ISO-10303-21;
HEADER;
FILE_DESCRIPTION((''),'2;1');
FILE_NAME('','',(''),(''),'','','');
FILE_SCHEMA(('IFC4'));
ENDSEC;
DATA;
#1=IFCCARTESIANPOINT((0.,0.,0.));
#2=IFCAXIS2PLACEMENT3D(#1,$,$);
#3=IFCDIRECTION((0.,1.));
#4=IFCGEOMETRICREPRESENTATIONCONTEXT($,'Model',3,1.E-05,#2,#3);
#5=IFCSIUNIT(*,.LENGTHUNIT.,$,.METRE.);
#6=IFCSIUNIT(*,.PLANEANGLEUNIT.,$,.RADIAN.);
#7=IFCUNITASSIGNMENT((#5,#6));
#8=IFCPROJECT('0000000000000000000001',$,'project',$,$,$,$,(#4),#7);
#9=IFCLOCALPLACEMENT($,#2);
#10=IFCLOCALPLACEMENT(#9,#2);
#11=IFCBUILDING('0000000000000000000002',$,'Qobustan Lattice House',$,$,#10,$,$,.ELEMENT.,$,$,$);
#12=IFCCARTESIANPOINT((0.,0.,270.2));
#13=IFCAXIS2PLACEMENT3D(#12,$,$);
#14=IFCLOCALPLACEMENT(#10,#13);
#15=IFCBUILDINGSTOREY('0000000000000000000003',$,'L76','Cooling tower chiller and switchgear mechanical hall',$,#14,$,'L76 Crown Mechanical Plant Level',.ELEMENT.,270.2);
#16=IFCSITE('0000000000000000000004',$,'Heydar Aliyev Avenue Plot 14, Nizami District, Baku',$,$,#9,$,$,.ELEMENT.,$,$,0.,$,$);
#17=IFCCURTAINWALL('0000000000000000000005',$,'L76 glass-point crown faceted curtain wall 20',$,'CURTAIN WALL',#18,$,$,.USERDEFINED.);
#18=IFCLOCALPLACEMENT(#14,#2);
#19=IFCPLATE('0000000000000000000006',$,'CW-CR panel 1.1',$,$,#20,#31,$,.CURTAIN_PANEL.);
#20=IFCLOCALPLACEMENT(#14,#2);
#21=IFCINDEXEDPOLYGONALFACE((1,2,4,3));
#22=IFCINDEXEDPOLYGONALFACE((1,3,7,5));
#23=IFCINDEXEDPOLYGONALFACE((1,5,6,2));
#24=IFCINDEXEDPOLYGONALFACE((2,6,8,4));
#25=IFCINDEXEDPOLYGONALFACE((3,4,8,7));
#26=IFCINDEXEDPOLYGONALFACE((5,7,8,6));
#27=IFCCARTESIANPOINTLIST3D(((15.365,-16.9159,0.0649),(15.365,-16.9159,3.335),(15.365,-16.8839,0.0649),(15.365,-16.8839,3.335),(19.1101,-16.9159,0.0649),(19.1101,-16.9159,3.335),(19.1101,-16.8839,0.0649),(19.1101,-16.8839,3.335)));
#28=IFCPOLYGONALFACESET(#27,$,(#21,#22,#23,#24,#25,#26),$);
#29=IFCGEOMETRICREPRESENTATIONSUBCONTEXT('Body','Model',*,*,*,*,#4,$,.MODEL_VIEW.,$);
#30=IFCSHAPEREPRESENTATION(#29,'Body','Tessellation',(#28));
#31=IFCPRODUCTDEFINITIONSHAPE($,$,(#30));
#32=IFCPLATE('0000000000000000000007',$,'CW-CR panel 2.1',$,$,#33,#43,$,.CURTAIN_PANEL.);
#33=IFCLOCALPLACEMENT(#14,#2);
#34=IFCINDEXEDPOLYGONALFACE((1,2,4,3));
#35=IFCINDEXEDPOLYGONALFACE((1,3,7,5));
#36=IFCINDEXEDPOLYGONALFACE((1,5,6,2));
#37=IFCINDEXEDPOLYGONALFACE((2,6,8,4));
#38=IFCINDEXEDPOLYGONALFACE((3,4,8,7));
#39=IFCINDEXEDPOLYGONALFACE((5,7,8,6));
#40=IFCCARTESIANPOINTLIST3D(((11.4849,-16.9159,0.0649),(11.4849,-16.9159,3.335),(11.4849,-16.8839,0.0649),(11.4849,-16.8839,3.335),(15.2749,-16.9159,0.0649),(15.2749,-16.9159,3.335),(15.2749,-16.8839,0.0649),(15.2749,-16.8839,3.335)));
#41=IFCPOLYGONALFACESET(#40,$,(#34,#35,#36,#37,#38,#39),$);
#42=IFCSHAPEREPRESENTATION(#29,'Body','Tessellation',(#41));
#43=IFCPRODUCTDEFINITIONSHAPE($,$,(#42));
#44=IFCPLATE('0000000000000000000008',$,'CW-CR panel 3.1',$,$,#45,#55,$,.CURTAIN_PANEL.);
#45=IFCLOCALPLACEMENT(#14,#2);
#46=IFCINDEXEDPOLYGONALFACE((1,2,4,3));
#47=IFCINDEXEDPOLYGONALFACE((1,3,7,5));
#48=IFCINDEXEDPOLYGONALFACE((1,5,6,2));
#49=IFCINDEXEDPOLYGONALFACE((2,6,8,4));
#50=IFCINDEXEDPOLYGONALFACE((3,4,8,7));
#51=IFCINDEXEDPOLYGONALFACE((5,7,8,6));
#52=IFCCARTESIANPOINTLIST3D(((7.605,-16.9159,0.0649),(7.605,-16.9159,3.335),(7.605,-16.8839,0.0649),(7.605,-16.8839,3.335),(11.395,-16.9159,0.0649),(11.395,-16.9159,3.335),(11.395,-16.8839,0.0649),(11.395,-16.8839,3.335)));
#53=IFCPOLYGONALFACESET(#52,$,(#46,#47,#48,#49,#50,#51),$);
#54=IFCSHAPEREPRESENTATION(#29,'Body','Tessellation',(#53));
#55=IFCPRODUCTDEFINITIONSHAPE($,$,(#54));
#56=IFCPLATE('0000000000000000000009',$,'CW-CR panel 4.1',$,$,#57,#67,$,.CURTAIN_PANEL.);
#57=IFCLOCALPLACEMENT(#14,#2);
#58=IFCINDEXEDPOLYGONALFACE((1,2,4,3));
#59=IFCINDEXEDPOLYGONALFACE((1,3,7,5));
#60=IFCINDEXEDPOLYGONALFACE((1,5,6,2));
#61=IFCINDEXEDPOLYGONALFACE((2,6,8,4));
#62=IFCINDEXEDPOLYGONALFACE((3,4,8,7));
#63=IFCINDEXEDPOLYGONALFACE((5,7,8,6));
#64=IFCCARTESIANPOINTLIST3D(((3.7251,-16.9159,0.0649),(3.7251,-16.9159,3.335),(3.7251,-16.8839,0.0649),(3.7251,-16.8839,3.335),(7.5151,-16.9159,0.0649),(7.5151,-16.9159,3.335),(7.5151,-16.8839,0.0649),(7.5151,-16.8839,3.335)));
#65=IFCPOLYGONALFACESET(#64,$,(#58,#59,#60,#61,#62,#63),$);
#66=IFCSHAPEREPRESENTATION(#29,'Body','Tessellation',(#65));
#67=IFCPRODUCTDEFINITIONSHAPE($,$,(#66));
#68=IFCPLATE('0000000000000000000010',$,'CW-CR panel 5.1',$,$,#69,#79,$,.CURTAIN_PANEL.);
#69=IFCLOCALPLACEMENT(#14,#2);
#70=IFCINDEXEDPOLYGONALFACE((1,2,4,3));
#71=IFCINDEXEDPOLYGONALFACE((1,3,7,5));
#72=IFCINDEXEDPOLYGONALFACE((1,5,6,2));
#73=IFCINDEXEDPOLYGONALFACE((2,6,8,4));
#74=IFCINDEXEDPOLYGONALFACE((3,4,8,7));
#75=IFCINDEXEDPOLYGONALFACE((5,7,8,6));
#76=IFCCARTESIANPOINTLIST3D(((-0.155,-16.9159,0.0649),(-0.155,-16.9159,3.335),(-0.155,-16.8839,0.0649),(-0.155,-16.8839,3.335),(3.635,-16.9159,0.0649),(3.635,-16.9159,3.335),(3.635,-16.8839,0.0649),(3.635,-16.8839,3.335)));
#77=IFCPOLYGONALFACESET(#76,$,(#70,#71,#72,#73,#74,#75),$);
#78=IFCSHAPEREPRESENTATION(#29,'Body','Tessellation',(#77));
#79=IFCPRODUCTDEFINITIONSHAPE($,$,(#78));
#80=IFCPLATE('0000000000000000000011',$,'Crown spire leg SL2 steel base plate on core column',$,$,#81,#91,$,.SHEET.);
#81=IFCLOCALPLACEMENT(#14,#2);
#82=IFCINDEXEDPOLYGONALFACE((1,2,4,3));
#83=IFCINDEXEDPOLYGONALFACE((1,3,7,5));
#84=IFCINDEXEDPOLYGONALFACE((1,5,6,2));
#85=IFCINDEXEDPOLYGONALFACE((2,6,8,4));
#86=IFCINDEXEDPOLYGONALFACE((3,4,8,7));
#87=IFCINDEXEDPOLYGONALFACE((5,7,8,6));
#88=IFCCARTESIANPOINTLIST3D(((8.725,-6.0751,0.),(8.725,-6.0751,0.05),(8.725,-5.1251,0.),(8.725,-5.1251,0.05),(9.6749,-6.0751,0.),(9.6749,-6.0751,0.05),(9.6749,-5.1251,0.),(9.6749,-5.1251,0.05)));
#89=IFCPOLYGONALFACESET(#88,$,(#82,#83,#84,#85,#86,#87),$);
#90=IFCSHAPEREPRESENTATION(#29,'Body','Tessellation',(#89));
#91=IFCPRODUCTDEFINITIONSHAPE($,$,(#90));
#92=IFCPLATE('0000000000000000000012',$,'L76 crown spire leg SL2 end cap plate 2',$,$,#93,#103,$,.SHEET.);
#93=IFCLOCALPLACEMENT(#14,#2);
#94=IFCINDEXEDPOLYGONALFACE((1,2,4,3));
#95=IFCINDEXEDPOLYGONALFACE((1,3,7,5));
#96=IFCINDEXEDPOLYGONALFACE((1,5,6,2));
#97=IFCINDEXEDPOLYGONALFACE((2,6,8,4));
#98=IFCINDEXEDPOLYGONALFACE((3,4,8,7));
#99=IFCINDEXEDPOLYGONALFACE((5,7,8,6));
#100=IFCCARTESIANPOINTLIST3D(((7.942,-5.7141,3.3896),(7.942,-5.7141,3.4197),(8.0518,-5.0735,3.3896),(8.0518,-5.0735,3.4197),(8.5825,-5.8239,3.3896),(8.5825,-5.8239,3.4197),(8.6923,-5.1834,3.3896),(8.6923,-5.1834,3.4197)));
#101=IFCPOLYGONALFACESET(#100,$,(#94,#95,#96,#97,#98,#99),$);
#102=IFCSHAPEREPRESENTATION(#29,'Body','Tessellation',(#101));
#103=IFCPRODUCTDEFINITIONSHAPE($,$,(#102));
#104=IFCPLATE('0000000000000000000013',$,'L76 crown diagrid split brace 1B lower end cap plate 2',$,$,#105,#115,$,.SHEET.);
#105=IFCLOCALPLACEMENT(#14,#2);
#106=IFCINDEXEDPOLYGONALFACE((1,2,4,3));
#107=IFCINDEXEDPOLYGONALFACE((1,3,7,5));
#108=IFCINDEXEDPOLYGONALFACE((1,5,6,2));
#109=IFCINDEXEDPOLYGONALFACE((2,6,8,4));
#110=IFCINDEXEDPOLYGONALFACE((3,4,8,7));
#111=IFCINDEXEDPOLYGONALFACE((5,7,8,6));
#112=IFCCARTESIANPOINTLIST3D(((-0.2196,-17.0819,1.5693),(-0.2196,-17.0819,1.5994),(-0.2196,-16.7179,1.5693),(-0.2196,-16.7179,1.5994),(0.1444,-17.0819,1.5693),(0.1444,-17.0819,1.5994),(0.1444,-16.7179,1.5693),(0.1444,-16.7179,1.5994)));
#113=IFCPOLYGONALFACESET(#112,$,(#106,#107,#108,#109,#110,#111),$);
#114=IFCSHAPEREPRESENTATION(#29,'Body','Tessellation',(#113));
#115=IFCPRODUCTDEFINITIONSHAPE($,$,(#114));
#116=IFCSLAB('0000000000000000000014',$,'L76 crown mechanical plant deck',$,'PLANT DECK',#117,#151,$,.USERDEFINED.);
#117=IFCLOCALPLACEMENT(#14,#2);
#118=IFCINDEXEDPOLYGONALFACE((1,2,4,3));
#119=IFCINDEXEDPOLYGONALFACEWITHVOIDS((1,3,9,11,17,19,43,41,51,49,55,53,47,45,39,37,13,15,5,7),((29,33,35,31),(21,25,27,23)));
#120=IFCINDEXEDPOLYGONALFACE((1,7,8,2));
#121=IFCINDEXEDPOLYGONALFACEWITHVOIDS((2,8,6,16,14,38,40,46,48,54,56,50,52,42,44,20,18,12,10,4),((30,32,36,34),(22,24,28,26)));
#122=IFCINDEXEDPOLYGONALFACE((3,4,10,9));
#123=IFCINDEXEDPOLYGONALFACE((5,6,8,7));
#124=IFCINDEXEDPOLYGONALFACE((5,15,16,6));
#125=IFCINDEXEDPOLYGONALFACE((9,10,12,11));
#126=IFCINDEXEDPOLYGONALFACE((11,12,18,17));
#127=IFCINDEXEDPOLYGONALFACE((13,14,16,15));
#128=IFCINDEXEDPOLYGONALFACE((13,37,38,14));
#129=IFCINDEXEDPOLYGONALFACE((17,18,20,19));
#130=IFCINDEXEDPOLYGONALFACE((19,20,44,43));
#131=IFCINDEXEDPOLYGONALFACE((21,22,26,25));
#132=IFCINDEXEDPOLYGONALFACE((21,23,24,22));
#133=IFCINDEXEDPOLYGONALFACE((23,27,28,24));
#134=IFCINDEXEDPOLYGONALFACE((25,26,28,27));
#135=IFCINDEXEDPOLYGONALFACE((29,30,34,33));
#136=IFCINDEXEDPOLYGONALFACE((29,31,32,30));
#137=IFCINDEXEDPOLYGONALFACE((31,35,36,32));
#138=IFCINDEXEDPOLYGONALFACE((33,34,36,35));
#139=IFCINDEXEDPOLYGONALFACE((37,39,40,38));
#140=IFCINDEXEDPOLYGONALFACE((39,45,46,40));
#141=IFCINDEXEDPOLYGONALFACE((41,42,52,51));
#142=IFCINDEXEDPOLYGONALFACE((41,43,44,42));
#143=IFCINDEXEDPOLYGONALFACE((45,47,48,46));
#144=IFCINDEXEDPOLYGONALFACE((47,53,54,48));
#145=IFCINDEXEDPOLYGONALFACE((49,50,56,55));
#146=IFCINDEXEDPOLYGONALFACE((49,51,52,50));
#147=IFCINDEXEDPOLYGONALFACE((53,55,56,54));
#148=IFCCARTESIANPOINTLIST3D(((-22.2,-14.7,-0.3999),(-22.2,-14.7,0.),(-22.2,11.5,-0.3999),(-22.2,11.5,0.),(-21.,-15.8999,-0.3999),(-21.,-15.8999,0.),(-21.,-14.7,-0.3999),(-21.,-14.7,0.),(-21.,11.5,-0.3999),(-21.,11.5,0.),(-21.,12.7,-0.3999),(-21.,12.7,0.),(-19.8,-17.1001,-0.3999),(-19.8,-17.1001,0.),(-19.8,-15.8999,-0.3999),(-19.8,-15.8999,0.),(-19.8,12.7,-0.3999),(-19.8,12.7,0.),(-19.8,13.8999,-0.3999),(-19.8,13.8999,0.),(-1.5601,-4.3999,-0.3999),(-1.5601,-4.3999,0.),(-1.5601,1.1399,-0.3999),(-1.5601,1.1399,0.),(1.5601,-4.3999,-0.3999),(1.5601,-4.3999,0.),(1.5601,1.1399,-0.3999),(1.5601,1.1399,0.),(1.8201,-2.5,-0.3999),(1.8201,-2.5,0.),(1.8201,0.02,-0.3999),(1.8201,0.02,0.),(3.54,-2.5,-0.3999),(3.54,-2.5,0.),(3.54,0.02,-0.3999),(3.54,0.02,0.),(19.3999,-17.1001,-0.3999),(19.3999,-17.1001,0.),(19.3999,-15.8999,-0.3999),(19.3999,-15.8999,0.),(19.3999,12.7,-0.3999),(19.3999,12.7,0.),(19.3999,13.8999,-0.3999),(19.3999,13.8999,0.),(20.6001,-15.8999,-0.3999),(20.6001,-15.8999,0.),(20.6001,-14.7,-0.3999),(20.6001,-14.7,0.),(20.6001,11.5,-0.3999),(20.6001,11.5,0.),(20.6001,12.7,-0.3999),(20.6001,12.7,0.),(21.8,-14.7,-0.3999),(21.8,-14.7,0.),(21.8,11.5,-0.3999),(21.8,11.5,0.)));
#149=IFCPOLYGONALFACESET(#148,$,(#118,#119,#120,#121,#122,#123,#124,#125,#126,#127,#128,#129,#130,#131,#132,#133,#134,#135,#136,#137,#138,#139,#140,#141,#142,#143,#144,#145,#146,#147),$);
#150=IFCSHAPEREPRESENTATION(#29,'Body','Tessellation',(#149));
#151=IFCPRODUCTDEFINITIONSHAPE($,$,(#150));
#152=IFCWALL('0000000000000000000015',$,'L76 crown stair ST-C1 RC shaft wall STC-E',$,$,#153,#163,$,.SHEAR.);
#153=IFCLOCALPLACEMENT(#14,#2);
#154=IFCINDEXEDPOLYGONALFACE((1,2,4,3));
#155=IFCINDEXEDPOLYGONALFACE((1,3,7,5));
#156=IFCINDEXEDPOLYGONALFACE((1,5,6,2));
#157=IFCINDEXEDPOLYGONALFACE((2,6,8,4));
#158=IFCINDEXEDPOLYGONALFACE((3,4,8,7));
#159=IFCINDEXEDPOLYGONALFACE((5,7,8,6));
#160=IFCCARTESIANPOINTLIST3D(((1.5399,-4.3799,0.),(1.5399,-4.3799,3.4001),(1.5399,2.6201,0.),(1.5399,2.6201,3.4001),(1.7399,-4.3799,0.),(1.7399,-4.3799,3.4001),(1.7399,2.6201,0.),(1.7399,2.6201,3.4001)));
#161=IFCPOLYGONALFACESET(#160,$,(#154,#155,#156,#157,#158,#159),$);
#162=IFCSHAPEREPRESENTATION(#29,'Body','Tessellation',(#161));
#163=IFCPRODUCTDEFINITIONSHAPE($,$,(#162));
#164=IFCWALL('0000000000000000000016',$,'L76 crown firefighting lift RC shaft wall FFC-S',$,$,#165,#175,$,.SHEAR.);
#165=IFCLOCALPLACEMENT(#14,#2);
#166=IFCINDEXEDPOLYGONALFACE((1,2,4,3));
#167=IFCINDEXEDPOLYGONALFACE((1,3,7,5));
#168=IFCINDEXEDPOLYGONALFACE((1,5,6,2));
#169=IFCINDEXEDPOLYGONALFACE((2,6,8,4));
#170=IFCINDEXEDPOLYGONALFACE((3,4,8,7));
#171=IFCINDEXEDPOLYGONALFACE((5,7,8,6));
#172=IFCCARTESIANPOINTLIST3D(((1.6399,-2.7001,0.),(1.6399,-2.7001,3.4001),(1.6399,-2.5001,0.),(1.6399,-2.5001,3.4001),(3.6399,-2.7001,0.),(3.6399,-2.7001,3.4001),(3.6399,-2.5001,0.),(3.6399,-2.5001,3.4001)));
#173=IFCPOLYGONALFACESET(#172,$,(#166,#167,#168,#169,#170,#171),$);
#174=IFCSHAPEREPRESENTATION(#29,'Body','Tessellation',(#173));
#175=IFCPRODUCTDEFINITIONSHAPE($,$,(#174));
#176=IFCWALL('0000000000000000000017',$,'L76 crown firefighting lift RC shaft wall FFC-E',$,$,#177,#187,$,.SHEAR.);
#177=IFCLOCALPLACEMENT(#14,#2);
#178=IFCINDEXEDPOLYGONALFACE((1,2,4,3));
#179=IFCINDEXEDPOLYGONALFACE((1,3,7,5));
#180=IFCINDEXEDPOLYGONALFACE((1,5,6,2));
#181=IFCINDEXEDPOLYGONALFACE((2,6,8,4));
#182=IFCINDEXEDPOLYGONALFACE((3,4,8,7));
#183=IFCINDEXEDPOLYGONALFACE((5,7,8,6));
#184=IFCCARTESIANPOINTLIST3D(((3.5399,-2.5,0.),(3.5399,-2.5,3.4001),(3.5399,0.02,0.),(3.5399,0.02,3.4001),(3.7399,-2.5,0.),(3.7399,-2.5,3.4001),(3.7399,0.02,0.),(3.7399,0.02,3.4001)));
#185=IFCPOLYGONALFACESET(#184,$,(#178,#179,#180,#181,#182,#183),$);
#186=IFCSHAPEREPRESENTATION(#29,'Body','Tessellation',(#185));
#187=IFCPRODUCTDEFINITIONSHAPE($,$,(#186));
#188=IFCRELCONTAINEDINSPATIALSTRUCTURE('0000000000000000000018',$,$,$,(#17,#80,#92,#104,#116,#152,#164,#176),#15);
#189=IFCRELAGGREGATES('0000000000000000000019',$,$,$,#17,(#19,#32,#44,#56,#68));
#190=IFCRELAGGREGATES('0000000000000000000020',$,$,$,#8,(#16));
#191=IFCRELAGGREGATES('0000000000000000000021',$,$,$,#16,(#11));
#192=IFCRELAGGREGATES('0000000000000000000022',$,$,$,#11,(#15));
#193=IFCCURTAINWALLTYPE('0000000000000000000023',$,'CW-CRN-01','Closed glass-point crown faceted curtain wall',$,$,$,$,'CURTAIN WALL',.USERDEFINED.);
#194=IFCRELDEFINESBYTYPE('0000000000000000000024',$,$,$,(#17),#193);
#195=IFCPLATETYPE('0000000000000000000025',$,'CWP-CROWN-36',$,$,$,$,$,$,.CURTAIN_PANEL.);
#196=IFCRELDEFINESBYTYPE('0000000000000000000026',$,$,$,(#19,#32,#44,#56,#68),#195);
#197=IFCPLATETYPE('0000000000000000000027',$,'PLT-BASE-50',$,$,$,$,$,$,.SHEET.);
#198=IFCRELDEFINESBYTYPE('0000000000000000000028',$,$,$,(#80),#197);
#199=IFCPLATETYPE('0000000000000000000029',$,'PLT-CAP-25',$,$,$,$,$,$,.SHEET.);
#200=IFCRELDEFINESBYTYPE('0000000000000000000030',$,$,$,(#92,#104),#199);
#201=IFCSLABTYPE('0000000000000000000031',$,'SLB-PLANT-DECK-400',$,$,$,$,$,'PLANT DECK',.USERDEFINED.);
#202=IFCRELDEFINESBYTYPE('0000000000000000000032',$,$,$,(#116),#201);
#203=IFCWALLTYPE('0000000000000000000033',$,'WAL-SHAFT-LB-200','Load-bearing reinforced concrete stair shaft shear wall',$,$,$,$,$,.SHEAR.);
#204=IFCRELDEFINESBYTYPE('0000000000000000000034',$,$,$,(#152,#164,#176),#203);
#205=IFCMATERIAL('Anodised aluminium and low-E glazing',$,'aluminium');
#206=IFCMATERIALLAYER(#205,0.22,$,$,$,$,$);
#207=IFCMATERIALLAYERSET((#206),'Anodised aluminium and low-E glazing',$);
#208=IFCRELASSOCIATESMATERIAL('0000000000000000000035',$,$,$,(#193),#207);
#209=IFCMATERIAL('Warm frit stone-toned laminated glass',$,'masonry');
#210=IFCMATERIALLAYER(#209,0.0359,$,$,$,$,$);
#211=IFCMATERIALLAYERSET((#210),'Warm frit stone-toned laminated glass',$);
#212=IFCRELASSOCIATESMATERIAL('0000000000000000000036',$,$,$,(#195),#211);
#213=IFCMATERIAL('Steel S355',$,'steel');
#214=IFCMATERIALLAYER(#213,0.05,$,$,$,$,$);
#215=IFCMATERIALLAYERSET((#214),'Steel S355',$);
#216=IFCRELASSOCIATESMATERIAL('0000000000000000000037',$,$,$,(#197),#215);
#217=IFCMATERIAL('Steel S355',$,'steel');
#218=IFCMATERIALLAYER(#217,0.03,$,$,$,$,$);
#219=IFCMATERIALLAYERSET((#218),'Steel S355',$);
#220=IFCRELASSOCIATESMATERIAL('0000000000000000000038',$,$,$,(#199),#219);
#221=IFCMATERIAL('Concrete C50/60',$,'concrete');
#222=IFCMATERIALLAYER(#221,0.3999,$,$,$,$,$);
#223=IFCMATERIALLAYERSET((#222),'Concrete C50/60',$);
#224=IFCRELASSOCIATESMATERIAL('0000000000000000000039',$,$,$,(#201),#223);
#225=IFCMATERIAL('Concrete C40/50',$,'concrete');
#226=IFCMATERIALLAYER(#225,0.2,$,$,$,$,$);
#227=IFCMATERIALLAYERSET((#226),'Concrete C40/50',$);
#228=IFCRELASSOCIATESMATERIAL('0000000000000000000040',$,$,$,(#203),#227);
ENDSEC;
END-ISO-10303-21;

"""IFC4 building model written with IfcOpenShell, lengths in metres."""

from ifc_helpers import new_model, si_unit, direction, frame, frame_2d, origin, origin_2d, place, context, subcontext, project, spatial, polyline, rectangle, outline, extrude, material, layer, layer_set, type_object, element, aggregate, save


model = new_model("IFC4")

# Units and contexts
model_context = context("Model", 3, precision=1e-05, world=origin(), true_north=direction((0.0, 1.0)))
body_context = subcontext(model_context, "Body", "Model", "MODEL_VIEW")
ifc_project = project(units=[si_unit("LENGTHUNIT", "METRE"), si_unit("PLANEANGLEUNIT", "RADIAN")], contexts=[model_context])

# Site, building, storey
site_placement = place(None, origin())
site = spatial("IfcSite", under=ifc_project, at=site_placement, Name="Heydar Aliyev Avenue Plot 14, Nizami District, Baku", CompositionType="ELEMENT", RefElevation=0.0)
building_placement = place(site_placement, origin())
building = spatial("IfcBuilding", under=site, at=building_placement, Name="Qobustan Lattice House", CompositionType="ELEMENT")
storey_placement = place(building_placement, frame((0.0, 0.0, 270.2)))
storey = spatial("IfcBuildingStorey", under=building, at=storey_placement, Name="L76", Description="Cooling tower chiller and switchgear mechanical hall", LongName="L76 Crown Mechanical Plant Level", CompositionType="ELEMENT", Elevation=270.2)

# Curtain wall
ifc_material_1 = material(Name="Anodised aluminium and low-E glazing", Category="aluminium")
ifc_layer_1 = layer(ifc_material_1, 0.22)
ifc_layer_set_1 = layer_set([ifc_layer_1], Name="Anodised aluminium and low-E glazing")
curtain_wall_type = type_object("IfcCurtainWallType", Name="CW-CRN-01", Description="Closed glass-point crown faceted curtain wall", ElementType="CURTAIN WALL", PredefinedType="USERDEFINED", material=ifc_layer_set_1)
curtain_wall_placement = place(storey_placement, origin())
curtain_wall = element("IfcCurtainWall", 1, at=curtain_wall_placement, inside=storey, type_object=curtain_wall_type, Name="L76 glass-point crown faceted curtain wall 20", ObjectType="CURTAIN WALL", PredefinedType="USERDEFINED")

# Plates
ifc_material_2 = material(Name="Warm frit stone-toned laminated glass", Category="masonry")
ifc_layer_2 = layer(ifc_material_2, 0.0359)
ifc_layer_set_2 = layer_set([ifc_layer_2], Name="Warm frit stone-toned laminated glass")
plate_type_1 = type_object("IfcPlateType", Name="CWP-CROWN-36", PredefinedType="CURTAIN_PANEL", material=ifc_layer_set_2)
plate_1_placement = place(storey_placement, frame((17.2375, -16.8999, 0.0649), z_axis=(0.0, 0.0, 1.0), x_axis=(-1.0, 0.0, 0.0)))
plate_1 = element("IfcPlate", 2, at=plate_1_placement, type_object=plate_type_1, Name="CW-CR panel 1.1", PredefinedType="CURTAIN_PANEL", context=body_context, shape_type="SweptSolid", body=[
    extrude(rectangle(XDim=3.7451, YDim=0.032, at=origin_2d()), origin(), (0.0, 0.0, 1.0), 3.27),
])
plate_2_placement = place(storey_placement, frame((13.3799, -16.8999, 0.0649), z_axis=(0.0, 0.0, 1.0), x_axis=(-1.0, 0.0, 0.0)))
plate_2 = element("IfcPlate", 3, at=plate_2_placement, type_object=plate_type_1, Name="CW-CR panel 2.1", PredefinedType="CURTAIN_PANEL", context=body_context, shape_type="SweptSolid", body=[
    extrude(rectangle(XDim=3.79, YDim=0.032, at=origin_2d()), origin(), (0.0, 0.0, 1.0), 3.27),
])
plate_3_placement = place(storey_placement, frame((9.5, -16.8999, 0.0649), z_axis=(0.0, 0.0, 1.0), x_axis=(-1.0, 0.0, 0.0)))
plate_3 = element("IfcPlate", 4, at=plate_3_placement, type_object=plate_type_1, Name="CW-CR panel 3.1", PredefinedType="CURTAIN_PANEL", context=body_context, shape_type="SweptSolid", body=[
    extrude(rectangle(XDim=3.79, YDim=0.032, at=origin_2d()), origin(), (0.0, 0.0, 1.0), 3.27),
])
plate_4_placement = place(storey_placement, frame((5.6201, -16.8999, 0.0649), z_axis=(0.0, 0.0, 1.0), x_axis=(-1.0, 0.0, 0.0)))
plate_4 = element("IfcPlate", 5, at=plate_4_placement, type_object=plate_type_1, Name="CW-CR panel 4.1", PredefinedType="CURTAIN_PANEL", context=body_context, shape_type="SweptSolid", body=[
    extrude(rectangle(XDim=3.79, YDim=0.032, at=origin_2d()), origin(), (0.0, 0.0, 1.0), 3.27),
])
plate_5_placement = place(storey_placement, frame((1.74, -16.8999, 0.0649), z_axis=(0.0, 0.0, 1.0), x_axis=(-1.0, 0.0, 0.0)))
plate_5 = element("IfcPlate", 6, at=plate_5_placement, type_object=plate_type_1, Name="CW-CR panel 5.1", PredefinedType="CURTAIN_PANEL", context=body_context, shape_type="SweptSolid", body=[
    extrude(rectangle(XDim=3.79, YDim=0.032, at=origin_2d()), origin(), (0.0, 0.0, 1.0), 3.27),
])
aggregate(curtain_wall, [plate_1, plate_2, plate_3, plate_4, plate_5])

# Plates
ifc_material_3 = material(Name="Steel S355", Category="steel")
ifc_layer_3 = layer(ifc_material_3, 0.05)
ifc_layer_set_3 = layer_set([ifc_layer_3], Name="Steel S355")
plate_type_2 = type_object("IfcPlateType", Name="PLT-BASE-50", PredefinedType="SHEET", material=ifc_layer_set_3)
plate_6_placement = place(storey_placement, frame((9.2, -5.6001, 0.0), z_axis=(0.0, 0.0, 1.0), x_axis=(1.0, 0.0, 0.0)))
element("IfcPlate", 7, at=plate_6_placement, inside=storey, type_object=plate_type_2, Name="Crown spire leg SL2 steel base plate on core column", PredefinedType="SHEET", context=body_context, shape_type="SweptSolid", body=[
    extrude(rectangle(XDim=0.95, YDim=0.95, at=origin_2d()), origin(), (0.0, 0.0, 1.0), 0.05),
])
ifc_material_4 = material(Name="Steel S355", Category="steel")
ifc_layer_4 = layer(ifc_material_4, 0.03)
ifc_layer_set_4 = layer_set([ifc_layer_4], Name="Steel S355")
plate_type_3 = type_object("IfcPlateType", Name="PLT-CAP-25", PredefinedType="SHEET", material=ifc_layer_set_4)
plate_7_placement = place(storey_placement, frame((8.3171, -5.4487, 3.3896), z_axis=(0.0, 0.0, 1.0), x_axis=(-0.985624, 0.168954, 0.0)))
element("IfcPlate", 8, at=plate_7_placement, inside=storey, type_object=plate_type_3, Name="L76 crown spire leg SL2 end cap plate 2", PredefinedType="SHEET", context=body_context, shape_type="SweptSolid", body=[
    extrude(rectangle(XDim=0.6499, YDim=0.6499, at=origin_2d()), origin(), (0.0, 0.0, 1.0), 0.03),
])
plate_8_placement = place(storey_placement, frame((-0.0376, -16.8999, 1.5693), z_axis=(0.0, 0.0, 1.0), x_axis=(-1.0, 0.0, 0.0)))
element("IfcPlate", 9, at=plate_8_placement, inside=storey, type_object=plate_type_3, Name="L76 crown diagrid split brace 1B lower end cap plate 2", PredefinedType="SHEET", context=body_context, shape_type="SweptSolid", body=[
    extrude(rectangle(XDim=0.364, YDim=0.364, at=origin_2d()), origin(), (0.0, 0.0, 1.0), 0.03),
])

# Slab
ifc_material_5 = material(Name="Concrete C50/60", Category="concrete")
ifc_layer_5 = layer(ifc_material_5, 0.3999)
ifc_layer_set_5 = layer_set([ifc_layer_5], Name="Concrete C50/60")
slab_type = type_object("IfcSlabType", Name="SLB-PLANT-DECK-400", ElementType="PLANT DECK", PredefinedType="USERDEFINED", material=ifc_layer_set_5)
slab_placement = place(storey_placement, frame((0.0, 0.0, -0.3999)))
element("IfcSlab", 10, at=slab_placement, inside=storey, type_object=slab_type, Name="L76 crown mechanical plant deck", ObjectType="PLANT DECK", PredefinedType="USERDEFINED", context=body_context, shape_type="SweptSolid", body=[
    extrude(outline(polyline([(-19.8, -17.1001), (19.3999, -17.1001), (19.3999, -15.8999), (20.6001, -15.8999), (20.6001, -14.7), (21.8, -14.7), (21.8, 11.5), (20.6001, 11.5), (20.6001, 12.7), (19.3999, 12.7), (19.3999, 13.8999), (-19.8, 13.8999), (-19.8, 12.7), (-21.0, 12.7), (-21.0, 11.5), (-22.2, 11.5), (-22.2, -14.7), (-21.0, -14.7), (-21.0, -15.8999), (-19.8, -15.8999), (-19.8, -17.1001)]), holes=[polyline([(-1.5601, -4.3999), (-1.5601, 1.1399), (1.5601, 1.1399), (1.5601, -4.3999), (-1.5601, -4.3999)]), polyline([(1.8201, -2.5), (1.8201, 0.02), (3.54, 0.02), (3.54, -2.5), (1.8201, -2.5)])]), origin(), (0.0, 0.0, 1.0), 0.3999),
])

# Walls
ifc_material_6 = material(Name="Concrete C40/50", Category="concrete")
ifc_layer_6 = layer(ifc_material_6, 0.2)
ifc_layer_set_6 = layer_set([ifc_layer_6], Name="Concrete C40/50")
wall_type = type_object("IfcWallType", Name="WAL-SHAFT-LB-200", Description="Load-bearing reinforced concrete stair shaft shear wall", PredefinedType="SHEAR", material=ifc_layer_set_6)
wall_1_placement = place(storey_placement, frame((1.6399, -4.3799, 0.0), z_axis=(0.0, 0.0, 1.0), x_axis=(0.0, 1.0, 0.0)))
element("IfcWall", 11, at=wall_1_placement, inside=storey, type_object=wall_type, Name="L76 crown stair ST-C1 RC shaft wall STC-E", PredefinedType="SHEAR", context=body_context, shape_type="SweptSolid", body=[
    extrude(rectangle(XDim=7.0, YDim=0.2, at=frame_2d((3.5, 0.0))), origin(), (0.0, 0.0, 1.0), 3.4001),
])
wall_2_placement = place(storey_placement, frame((1.6399, -2.6001, 0.0), z_axis=(0.0, 0.0, 1.0), x_axis=(1.0, 0.0, 0.0)))
element("IfcWall", 12, at=wall_2_placement, inside=storey, type_object=wall_type, Name="L76 crown firefighting lift RC shaft wall FFC-S", PredefinedType="SHEAR", context=body_context, shape_type="SweptSolid", body=[
    extrude(rectangle(XDim=2.0, YDim=0.2, at=frame_2d((1.0, 0.0))), origin(), (0.0, 0.0, 1.0), 3.4001),
])
wall_3_placement = place(storey_placement, frame((3.6399, -2.5, 0.0), z_axis=(0.0, 0.0, 1.0), x_axis=(0.0, 1.0, 0.0)))
element("IfcWall", 13, at=wall_3_placement, inside=storey, type_object=wall_type, Name="L76 crown firefighting lift RC shaft wall FFC-E", PredefinedType="SHEAR", context=body_context, shape_type="SweptSolid", body=[
    extrude(rectangle(XDim=2.52, YDim=0.2, at=frame_2d((1.26, 0.0))), origin(), (0.0, 0.0, 1.0), 3.4001),
])

save(model, "model.ifc")
